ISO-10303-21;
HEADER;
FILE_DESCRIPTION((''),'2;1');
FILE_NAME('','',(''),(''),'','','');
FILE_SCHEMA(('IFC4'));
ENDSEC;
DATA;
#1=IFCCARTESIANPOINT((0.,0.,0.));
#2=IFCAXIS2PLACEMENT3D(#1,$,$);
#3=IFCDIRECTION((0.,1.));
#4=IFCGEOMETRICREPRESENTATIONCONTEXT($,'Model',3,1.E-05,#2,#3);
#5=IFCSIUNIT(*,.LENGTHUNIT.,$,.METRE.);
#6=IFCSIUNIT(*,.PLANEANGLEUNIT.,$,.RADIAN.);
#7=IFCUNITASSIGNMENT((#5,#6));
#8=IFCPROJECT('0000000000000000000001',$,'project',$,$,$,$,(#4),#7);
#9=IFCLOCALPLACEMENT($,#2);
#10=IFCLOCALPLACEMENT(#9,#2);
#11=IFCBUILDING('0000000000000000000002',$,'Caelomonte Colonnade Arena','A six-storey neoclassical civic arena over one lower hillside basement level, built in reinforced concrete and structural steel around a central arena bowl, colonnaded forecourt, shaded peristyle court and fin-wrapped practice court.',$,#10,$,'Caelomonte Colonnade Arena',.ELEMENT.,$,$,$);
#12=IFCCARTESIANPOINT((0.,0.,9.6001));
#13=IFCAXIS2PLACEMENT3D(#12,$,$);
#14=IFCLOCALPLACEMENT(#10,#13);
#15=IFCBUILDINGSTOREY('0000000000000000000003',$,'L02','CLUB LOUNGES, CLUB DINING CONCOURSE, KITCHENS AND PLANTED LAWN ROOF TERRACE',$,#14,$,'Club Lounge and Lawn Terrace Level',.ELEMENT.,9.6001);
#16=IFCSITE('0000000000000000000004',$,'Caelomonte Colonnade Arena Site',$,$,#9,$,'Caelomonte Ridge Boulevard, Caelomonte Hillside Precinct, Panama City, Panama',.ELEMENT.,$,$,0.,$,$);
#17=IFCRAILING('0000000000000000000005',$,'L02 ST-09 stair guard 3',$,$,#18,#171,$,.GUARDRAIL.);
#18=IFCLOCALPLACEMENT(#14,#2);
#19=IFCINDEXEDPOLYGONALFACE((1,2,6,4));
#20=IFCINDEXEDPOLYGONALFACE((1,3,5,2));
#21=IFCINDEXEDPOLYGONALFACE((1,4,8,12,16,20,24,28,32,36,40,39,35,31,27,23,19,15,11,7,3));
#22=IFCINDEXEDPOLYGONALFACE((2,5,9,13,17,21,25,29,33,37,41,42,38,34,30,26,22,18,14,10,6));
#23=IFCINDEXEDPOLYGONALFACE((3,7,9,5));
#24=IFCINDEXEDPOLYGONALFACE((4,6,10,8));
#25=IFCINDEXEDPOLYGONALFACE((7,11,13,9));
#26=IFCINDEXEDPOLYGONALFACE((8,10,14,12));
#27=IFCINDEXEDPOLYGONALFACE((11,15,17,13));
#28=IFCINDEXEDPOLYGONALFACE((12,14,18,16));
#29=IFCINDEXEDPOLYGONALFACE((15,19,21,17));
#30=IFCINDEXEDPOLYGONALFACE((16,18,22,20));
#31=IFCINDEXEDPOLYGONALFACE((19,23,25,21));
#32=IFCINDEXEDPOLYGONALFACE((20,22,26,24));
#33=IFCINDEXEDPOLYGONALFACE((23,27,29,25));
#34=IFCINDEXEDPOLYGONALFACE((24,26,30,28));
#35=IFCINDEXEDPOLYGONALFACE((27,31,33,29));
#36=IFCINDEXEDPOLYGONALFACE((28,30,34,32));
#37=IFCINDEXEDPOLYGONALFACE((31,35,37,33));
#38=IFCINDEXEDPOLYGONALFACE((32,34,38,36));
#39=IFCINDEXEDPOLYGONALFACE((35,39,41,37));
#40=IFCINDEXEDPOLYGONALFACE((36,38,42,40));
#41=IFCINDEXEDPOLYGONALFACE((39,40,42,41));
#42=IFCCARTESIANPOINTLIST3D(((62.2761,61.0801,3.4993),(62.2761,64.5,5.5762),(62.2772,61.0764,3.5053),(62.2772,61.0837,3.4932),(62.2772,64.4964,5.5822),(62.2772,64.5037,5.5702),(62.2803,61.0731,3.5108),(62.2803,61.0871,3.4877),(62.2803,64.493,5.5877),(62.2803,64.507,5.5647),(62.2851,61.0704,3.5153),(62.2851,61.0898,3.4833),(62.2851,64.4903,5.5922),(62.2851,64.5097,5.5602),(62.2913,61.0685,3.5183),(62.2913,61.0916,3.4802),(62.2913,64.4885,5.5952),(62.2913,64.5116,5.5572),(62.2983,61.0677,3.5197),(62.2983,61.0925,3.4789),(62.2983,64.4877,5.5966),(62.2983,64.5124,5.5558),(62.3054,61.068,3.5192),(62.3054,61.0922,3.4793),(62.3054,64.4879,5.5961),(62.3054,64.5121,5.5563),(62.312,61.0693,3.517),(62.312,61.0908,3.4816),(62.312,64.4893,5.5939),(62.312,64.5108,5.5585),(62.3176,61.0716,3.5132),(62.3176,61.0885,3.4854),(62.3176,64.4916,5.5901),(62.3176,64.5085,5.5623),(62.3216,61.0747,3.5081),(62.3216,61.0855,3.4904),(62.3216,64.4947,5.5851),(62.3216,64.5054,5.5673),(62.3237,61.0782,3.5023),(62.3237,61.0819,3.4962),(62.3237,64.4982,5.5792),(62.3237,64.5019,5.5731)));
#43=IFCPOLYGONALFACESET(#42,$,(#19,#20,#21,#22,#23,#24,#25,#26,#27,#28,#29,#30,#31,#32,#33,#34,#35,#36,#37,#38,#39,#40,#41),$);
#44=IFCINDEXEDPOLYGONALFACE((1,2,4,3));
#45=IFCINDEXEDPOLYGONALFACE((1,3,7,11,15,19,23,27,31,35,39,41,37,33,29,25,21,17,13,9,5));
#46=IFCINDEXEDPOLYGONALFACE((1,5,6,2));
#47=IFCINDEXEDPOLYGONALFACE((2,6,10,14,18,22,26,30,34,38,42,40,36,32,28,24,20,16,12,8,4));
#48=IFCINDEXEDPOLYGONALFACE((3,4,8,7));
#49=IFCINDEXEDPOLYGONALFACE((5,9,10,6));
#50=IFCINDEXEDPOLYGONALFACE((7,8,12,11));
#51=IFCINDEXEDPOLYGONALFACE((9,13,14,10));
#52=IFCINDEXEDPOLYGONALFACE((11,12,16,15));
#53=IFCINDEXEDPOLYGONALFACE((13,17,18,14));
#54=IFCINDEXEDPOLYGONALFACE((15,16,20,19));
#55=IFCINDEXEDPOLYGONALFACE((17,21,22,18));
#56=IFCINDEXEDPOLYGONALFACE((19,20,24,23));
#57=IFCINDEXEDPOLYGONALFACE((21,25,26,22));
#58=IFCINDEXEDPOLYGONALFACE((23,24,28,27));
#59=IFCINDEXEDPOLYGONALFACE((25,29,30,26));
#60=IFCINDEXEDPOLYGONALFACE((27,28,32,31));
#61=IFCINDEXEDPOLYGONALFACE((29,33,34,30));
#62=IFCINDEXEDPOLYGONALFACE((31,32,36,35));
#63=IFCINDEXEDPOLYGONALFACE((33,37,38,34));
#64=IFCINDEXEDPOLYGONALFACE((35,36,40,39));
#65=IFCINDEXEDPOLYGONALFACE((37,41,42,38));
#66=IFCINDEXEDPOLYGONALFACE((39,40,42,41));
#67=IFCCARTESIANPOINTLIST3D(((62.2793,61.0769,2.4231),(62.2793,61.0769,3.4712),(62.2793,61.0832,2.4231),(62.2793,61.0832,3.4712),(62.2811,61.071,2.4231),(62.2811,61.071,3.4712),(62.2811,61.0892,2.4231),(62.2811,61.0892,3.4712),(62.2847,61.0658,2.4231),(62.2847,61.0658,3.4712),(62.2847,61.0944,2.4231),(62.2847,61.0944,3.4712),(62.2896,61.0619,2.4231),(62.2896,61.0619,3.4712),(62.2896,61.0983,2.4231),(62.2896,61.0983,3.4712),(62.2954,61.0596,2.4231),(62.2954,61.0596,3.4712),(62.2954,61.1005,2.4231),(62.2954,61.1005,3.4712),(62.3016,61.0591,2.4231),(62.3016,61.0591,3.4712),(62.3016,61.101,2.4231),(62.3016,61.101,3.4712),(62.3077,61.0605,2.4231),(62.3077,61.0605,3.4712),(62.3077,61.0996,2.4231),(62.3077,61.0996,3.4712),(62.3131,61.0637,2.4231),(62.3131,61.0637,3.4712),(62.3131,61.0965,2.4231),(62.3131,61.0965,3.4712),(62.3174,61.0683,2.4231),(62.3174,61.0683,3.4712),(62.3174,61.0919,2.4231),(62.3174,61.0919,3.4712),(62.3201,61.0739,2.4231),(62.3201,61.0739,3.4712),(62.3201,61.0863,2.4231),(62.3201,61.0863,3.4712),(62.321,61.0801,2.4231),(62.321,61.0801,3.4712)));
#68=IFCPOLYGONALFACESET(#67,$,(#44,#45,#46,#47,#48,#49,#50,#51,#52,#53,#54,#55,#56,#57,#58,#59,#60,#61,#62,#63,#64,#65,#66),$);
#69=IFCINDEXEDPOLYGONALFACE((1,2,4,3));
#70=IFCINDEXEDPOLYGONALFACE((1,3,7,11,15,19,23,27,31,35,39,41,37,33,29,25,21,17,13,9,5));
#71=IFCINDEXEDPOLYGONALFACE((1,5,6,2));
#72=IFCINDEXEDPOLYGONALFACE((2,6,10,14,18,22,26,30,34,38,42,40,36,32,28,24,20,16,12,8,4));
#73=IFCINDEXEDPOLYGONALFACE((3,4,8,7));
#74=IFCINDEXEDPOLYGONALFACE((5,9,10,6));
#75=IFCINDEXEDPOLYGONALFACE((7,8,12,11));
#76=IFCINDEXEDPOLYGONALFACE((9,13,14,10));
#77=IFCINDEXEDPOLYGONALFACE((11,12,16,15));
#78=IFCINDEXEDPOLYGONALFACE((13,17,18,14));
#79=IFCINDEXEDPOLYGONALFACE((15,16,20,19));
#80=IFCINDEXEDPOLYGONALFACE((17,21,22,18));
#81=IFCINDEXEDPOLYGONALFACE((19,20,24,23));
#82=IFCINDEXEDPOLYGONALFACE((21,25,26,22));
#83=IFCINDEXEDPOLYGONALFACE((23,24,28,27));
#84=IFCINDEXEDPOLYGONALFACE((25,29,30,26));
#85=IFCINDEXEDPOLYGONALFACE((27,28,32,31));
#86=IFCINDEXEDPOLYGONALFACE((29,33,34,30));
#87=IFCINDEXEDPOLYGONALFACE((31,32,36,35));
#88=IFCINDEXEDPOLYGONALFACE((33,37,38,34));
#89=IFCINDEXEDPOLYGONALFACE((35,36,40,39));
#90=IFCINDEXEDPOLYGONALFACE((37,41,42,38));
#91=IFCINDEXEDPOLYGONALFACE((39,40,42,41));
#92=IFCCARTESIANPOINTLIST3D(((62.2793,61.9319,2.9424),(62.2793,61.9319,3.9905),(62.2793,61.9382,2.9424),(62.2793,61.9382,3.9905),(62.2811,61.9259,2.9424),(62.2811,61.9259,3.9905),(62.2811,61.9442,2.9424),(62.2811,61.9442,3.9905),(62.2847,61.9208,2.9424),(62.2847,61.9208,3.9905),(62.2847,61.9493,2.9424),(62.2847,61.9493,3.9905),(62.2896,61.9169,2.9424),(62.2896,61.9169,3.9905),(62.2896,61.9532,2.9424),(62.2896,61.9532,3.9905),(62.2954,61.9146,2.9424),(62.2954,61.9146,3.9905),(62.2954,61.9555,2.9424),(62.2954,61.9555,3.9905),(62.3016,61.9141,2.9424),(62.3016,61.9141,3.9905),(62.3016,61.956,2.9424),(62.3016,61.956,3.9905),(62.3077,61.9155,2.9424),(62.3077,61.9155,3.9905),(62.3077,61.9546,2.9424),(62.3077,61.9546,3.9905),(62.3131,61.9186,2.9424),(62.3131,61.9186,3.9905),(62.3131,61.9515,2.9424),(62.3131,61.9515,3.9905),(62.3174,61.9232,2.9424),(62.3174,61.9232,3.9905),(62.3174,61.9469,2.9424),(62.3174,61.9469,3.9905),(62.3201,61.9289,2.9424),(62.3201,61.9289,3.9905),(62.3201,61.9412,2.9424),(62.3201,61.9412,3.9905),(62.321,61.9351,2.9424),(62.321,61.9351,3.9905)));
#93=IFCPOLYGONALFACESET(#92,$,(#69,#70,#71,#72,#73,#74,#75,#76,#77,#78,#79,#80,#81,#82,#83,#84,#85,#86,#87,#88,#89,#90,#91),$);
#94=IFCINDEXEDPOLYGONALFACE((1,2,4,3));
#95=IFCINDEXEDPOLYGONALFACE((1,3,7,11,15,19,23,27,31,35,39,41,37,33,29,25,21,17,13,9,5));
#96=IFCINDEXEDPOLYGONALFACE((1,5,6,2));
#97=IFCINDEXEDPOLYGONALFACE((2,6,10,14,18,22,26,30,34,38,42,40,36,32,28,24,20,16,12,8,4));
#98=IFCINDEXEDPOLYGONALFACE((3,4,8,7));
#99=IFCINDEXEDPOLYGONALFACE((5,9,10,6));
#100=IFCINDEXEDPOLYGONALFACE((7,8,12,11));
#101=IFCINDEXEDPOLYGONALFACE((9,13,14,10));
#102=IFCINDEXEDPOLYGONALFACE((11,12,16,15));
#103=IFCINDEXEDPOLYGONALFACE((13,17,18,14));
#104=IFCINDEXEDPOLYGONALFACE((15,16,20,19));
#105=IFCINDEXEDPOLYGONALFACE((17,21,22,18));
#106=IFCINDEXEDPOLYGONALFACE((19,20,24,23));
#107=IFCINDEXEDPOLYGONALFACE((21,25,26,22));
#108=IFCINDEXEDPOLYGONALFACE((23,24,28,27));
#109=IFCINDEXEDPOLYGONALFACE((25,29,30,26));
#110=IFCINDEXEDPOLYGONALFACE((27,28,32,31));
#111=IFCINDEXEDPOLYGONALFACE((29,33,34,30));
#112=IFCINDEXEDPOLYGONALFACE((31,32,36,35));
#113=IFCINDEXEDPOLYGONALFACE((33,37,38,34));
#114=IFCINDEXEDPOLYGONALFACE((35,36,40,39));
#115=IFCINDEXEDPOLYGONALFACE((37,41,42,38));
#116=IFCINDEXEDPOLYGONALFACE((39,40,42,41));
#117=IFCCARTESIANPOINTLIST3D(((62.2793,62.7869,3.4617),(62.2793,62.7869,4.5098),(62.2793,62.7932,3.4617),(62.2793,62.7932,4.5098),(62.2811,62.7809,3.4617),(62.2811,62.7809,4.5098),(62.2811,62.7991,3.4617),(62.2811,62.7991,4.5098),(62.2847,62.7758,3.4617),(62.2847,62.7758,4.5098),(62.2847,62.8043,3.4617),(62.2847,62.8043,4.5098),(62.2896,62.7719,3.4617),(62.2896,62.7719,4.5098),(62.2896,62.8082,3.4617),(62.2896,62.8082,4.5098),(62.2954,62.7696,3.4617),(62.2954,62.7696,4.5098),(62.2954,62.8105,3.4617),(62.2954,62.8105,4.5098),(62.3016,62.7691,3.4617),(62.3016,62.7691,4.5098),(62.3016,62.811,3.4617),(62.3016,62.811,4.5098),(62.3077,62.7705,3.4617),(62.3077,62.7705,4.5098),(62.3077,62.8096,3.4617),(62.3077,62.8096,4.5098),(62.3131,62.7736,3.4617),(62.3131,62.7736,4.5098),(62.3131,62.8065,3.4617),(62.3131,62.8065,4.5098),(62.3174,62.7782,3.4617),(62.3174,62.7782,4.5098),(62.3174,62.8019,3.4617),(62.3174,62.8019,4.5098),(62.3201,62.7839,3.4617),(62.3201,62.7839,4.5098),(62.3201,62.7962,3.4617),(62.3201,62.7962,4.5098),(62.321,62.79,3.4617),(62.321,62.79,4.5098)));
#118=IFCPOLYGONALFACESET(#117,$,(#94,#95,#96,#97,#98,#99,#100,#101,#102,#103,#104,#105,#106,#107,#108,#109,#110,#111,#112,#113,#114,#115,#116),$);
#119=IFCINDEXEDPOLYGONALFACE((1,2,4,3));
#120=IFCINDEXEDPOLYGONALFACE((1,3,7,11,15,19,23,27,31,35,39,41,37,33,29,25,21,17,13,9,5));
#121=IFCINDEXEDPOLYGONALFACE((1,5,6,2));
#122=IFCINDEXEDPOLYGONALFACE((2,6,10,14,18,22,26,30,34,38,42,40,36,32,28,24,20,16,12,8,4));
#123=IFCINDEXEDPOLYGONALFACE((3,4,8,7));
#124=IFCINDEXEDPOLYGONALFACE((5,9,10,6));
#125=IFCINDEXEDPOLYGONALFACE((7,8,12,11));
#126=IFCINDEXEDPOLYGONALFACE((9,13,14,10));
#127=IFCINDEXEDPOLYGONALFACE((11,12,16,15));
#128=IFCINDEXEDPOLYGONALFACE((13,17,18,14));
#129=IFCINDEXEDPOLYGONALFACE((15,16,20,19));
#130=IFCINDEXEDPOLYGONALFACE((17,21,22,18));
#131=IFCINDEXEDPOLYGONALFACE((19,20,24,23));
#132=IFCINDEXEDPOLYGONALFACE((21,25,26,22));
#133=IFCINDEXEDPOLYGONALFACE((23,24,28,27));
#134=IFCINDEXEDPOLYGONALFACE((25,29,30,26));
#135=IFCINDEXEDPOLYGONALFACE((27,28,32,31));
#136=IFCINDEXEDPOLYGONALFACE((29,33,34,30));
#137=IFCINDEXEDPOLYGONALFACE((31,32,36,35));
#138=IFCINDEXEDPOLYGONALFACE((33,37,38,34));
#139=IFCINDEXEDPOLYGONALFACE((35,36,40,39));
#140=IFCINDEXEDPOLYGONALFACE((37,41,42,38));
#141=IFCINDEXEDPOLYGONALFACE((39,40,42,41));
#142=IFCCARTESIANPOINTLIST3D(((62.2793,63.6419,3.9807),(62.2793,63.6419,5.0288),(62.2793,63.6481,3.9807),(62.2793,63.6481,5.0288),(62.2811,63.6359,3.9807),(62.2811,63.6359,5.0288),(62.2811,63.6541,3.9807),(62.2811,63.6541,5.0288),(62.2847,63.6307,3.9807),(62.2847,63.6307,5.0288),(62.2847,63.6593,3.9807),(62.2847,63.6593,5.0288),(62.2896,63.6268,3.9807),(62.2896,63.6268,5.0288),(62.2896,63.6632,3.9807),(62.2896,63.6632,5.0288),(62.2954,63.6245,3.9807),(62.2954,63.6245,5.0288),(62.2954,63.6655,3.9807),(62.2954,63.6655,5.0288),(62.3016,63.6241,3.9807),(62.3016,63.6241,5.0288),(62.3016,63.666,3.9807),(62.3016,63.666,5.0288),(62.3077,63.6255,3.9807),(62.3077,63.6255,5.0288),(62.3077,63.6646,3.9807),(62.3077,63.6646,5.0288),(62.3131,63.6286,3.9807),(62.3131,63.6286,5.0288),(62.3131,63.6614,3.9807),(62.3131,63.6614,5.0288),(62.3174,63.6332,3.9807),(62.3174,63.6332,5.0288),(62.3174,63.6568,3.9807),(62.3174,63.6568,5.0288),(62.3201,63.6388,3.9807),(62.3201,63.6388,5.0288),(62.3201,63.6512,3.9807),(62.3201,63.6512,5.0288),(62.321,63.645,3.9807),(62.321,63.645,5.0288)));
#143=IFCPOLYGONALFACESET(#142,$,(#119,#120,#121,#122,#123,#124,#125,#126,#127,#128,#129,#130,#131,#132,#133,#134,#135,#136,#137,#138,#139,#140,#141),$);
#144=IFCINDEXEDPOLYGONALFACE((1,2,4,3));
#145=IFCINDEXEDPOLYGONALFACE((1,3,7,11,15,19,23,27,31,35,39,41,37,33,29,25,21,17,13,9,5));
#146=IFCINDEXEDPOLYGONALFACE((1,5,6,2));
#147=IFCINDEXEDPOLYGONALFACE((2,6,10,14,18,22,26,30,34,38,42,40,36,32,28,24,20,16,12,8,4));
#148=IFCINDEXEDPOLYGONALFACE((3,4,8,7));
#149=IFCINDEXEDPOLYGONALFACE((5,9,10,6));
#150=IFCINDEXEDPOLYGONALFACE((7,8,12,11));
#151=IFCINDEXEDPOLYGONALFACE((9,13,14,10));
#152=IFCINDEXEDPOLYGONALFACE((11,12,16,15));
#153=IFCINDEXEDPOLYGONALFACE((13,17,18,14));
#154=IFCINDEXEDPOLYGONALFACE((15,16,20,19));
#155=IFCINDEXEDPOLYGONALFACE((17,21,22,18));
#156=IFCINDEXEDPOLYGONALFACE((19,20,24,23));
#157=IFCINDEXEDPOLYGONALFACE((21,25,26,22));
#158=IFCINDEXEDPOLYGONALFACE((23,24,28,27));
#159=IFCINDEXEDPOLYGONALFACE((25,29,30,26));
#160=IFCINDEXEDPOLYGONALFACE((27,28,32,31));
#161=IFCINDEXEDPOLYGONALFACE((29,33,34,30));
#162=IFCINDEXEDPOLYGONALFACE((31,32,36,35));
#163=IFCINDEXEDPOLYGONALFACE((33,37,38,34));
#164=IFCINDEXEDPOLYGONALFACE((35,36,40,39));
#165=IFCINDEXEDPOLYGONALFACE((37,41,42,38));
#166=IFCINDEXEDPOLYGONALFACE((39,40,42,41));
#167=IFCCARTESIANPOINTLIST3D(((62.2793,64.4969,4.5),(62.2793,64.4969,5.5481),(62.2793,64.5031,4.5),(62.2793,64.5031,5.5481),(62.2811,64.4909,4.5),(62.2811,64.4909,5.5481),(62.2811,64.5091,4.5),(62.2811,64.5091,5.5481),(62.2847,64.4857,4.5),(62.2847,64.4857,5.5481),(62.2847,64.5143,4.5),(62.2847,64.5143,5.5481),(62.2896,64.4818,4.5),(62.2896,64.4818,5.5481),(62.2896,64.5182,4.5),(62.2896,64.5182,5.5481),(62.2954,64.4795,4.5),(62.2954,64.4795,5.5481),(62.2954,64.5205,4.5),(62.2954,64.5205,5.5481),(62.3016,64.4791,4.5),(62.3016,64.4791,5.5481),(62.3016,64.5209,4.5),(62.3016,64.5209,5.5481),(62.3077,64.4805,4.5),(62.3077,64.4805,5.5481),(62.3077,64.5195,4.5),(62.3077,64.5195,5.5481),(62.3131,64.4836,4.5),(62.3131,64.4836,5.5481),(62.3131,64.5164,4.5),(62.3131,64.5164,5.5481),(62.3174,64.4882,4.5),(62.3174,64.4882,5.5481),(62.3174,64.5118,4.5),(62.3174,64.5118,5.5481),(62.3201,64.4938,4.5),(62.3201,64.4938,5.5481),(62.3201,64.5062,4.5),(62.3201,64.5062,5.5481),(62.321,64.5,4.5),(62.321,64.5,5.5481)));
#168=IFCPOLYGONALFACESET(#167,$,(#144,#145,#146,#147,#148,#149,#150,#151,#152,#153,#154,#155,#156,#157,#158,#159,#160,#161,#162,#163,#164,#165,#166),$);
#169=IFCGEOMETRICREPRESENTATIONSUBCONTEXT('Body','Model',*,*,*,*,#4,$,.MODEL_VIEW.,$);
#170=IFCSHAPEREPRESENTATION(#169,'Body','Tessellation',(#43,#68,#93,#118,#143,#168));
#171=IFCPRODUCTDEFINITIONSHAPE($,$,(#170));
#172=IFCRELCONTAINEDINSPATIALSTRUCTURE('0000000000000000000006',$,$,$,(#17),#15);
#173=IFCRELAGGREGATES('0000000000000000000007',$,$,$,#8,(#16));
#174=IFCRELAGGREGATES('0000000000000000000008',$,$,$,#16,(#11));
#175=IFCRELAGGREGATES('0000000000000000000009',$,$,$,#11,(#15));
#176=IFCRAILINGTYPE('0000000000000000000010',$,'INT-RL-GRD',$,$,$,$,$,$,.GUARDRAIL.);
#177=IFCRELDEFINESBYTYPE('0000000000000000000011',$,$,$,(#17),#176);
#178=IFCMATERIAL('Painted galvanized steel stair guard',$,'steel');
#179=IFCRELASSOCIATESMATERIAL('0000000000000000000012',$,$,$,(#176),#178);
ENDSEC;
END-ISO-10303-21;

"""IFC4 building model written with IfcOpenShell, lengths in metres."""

from ifc_helpers import new_model, si_unit, direction, frame, origin, origin_2d, place, context, subcontext, project, spatial, circle, extrude, material, type_object, element, save


model = new_model("IFC4")

# Units and contexts
model_context = context("Model", 3, precision=1e-05, world=origin(), true_north=direction((0.0, 1.0)))
body_context = subcontext(model_context, "Body", "Model", "MODEL_VIEW")
ifc_project = project(units=[si_unit("LENGTHUNIT", "METRE"), si_unit("PLANEANGLEUNIT", "RADIAN")], contexts=[model_context])

# Site, building, storey
site_placement = place(None, origin())
site = spatial("IfcSite", under=ifc_project, at=site_placement, Name="Caelomonte Colonnade Arena Site", LongName="Caelomonte Ridge Boulevard, Caelomonte Hillside Precinct, Panama City, Panama", CompositionType="ELEMENT", RefElevation=0.0)
building_placement = place(site_placement, origin())
building = spatial("IfcBuilding", under=site, at=building_placement, Name="Caelomonte Colonnade Arena", Description="A six-storey neoclassical civic arena over one lower hillside basement level, built in reinforced concrete and structural steel around a central arena bowl, colonnaded forecourt, shaded peristyle court and fin-wrapped practice court.", LongName="Caelomonte Colonnade Arena", CompositionType="ELEMENT")
storey_placement = place(building_placement, frame((0.0, 0.0, 9.6001)))
storey = spatial("IfcBuildingStorey", under=building, at=storey_placement, Name="L02", Description="CLUB LOUNGES, CLUB DINING CONCOURSE, KITCHENS AND PLANTED LAWN ROOF TERRACE", LongName="Club Lounge and Lawn Terrace Level", CompositionType="ELEMENT", Elevation=9.6001)

# Railing
ifc_material_1 = material(Name="Painted galvanized steel stair guard", Category="steel")
railing_type = type_object("IfcRailingType", Name="INT-RL-GRD", PredefinedType="GUARDRAIL", material=ifc_material_1)
railing_1_placement = place(storey_placement, frame((62.3, 61.0801, 2.4231)))
element("IfcRailing", 1, at=railing_1_placement, inside=storey, type_object=railing_type, Name="L02 ST-09 stair guard 3", PredefinedType="GUARDRAIL", context=body_context, shape_type="SweptSolid", body=[
    extrude(circle(Radius=0.0239, at=origin_2d()), frame((0.0, 0.0, 1.0762), z_axis=(0.0, 0.85473, 0.519074), x_axis=(-1.0, 0.0, 0.0)), (0.0, 0.0, 1.0), 4.0012),
    extrude(circle(Radius=0.021, at=origin_2d()), origin(), (0.0, 0.0, 1.0), 1.0481),
    extrude(circle(Radius=0.021, at=origin_2d()), frame((0.0, 0.855, 0.5193)), (0.0, 0.0, 1.0), 1.0481),
    extrude(circle(Radius=0.021, at=origin_2d()), frame((0.0, 1.71, 1.0386)), (0.0, 0.0, 1.0), 1.0481),
    extrude(circle(Radius=0.021, at=origin_2d()), frame((0.0, 2.5649, 1.5576)), (0.0, 0.0, 1.0), 1.0481),
    extrude(circle(Radius=0.021, at=origin_2d()), frame((0.0, 3.4199, 2.0769)), (0.0, 0.0, 1.0), 1.0481),
])

save(model, "model.ifc")
